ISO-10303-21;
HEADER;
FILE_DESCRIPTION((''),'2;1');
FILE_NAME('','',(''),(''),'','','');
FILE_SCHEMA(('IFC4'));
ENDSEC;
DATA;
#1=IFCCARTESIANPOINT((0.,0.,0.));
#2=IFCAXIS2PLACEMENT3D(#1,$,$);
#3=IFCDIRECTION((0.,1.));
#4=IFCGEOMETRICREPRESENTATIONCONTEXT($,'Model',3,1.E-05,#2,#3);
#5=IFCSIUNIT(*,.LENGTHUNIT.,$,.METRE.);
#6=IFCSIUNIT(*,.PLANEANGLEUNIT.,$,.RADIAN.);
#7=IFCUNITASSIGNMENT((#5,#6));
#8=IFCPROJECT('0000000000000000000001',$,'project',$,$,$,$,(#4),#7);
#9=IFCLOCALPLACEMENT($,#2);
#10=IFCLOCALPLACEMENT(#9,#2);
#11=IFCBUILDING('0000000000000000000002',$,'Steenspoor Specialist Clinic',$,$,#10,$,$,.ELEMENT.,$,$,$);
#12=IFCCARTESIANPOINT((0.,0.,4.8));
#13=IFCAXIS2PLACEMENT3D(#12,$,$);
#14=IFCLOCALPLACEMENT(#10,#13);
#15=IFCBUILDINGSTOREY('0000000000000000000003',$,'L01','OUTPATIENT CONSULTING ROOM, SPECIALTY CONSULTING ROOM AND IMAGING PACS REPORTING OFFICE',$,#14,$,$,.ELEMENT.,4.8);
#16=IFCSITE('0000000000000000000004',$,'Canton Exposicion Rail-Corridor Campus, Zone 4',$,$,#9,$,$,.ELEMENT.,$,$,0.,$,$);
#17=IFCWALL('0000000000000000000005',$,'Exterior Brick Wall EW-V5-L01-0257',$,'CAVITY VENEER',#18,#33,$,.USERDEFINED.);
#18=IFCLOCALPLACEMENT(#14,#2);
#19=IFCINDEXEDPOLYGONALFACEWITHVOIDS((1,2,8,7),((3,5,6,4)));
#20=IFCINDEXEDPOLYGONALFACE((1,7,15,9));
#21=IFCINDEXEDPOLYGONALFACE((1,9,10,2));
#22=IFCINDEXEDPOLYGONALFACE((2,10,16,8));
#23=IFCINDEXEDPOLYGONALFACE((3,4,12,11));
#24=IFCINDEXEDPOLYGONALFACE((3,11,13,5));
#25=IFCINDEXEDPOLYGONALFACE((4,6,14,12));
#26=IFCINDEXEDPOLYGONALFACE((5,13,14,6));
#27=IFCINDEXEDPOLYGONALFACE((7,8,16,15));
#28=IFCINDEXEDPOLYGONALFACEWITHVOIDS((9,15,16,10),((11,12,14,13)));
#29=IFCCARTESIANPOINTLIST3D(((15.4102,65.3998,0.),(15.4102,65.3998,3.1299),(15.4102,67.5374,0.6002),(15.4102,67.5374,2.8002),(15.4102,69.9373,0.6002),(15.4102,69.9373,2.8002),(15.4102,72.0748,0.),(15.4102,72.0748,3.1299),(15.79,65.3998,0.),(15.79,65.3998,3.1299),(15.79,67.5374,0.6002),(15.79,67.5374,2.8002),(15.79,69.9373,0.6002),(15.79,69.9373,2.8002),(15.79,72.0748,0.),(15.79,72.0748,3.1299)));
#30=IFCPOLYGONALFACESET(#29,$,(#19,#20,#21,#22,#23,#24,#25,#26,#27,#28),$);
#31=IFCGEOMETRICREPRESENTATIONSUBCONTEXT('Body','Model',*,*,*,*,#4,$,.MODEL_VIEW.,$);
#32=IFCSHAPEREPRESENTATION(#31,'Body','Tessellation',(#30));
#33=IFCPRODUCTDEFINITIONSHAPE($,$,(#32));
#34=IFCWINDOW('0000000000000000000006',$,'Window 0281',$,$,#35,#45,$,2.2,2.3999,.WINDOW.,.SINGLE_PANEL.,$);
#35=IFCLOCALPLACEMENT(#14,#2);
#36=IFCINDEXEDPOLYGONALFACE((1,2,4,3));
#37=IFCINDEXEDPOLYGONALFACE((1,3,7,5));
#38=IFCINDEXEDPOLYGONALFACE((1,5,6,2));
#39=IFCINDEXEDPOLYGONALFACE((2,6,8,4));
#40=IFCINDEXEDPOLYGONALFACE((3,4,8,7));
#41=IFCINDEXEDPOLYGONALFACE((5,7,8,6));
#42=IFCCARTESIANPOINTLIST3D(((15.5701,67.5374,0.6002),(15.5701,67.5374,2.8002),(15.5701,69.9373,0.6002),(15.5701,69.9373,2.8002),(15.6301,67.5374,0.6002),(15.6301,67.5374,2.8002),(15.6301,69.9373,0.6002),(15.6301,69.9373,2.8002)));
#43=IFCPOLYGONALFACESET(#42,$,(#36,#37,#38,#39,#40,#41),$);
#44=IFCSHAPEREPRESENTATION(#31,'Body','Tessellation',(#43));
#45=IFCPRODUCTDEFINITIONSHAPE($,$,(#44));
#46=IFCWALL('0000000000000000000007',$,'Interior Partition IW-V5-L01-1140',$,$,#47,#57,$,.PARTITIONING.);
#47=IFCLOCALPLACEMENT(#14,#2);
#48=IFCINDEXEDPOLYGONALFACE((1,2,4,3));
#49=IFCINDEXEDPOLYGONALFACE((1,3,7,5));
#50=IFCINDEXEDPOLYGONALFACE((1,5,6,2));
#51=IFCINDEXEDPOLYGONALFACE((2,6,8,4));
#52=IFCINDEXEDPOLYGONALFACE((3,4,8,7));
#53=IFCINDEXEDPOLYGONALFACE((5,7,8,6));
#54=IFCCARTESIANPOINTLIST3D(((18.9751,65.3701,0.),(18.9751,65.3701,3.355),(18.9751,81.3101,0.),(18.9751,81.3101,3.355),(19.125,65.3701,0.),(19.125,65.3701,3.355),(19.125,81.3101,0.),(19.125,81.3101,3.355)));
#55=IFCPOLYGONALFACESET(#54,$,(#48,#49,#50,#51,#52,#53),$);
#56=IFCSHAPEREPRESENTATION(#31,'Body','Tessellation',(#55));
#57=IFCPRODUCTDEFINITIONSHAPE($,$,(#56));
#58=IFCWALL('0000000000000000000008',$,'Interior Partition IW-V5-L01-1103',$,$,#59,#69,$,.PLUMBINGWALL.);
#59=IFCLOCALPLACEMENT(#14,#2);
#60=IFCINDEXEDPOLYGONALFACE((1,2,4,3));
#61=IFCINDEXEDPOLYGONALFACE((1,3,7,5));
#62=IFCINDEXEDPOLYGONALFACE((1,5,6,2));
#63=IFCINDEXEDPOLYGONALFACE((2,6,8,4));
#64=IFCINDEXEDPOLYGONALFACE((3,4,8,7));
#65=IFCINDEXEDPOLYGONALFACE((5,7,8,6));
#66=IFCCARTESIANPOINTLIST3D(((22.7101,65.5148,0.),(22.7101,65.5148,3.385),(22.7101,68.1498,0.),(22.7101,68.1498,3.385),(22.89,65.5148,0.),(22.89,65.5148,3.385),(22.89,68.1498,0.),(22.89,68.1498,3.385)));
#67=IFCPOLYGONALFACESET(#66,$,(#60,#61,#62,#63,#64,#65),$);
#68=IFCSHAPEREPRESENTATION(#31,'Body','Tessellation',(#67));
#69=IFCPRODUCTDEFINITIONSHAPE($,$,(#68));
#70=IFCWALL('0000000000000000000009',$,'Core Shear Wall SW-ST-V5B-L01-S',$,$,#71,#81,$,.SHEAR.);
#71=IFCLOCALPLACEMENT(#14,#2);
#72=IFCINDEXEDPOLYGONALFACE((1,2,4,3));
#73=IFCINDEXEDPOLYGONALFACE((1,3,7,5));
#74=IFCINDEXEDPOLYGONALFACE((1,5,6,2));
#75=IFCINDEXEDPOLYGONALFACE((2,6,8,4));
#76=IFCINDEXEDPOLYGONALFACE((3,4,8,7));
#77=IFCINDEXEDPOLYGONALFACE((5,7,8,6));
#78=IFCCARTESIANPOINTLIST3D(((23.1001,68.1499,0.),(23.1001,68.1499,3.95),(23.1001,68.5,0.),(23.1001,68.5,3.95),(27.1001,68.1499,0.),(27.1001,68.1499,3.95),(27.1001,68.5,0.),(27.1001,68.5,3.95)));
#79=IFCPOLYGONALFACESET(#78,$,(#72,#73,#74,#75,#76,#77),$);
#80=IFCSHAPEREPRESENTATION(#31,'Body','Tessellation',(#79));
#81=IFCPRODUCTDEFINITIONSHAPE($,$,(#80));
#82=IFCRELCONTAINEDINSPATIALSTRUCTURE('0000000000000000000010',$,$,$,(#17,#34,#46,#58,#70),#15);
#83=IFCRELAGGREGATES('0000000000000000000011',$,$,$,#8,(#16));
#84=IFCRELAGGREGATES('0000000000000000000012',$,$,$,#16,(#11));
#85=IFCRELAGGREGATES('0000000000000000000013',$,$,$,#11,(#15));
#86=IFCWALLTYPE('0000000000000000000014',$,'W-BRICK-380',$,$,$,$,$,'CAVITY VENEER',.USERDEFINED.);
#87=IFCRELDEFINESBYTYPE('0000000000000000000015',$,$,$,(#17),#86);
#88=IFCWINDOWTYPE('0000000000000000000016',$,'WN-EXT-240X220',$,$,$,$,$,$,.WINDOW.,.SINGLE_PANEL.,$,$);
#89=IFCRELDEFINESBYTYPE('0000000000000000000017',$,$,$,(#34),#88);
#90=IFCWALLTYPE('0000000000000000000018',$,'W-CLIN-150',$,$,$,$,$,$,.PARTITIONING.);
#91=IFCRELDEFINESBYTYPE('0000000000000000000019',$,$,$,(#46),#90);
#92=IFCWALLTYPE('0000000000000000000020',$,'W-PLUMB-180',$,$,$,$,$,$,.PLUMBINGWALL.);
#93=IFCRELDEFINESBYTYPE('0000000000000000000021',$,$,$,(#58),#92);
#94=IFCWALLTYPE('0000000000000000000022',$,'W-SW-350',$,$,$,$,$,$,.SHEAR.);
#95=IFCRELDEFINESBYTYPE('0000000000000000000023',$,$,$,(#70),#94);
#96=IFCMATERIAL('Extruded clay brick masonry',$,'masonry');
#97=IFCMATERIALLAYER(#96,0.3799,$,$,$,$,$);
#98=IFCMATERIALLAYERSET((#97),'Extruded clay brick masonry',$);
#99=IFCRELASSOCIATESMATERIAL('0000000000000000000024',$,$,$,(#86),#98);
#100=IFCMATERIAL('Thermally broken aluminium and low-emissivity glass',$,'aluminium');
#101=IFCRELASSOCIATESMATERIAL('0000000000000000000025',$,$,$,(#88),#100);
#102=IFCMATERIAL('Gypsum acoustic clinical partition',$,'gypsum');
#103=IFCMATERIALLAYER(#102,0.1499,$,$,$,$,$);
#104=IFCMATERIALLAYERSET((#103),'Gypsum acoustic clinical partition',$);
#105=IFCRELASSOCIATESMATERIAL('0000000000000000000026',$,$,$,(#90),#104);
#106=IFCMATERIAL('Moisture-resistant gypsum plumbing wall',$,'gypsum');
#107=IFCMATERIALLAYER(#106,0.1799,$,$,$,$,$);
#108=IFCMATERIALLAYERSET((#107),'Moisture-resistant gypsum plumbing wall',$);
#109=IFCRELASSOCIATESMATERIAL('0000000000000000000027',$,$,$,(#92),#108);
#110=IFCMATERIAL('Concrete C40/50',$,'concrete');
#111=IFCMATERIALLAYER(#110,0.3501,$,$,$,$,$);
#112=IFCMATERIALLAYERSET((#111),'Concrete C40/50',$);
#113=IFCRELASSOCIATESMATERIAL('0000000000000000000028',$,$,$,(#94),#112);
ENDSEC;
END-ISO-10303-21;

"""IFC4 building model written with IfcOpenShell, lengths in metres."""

from ifc_helpers import new_model, si_unit, direction, frame, frame_2d, origin, place, context, subcontext, project, spatial, rectangle, extrude, material, layer, layer_set, type_object, element, fill, save


model = new_model("IFC4")

# Units and contexts
model_context = context("Model", 3, precision=1e-05, world=origin(), true_north=direction((0.0, 1.0)))
body_context = subcontext(model_context, "Body", "Model", "MODEL_VIEW")
ifc_project = project(units=[si_unit("LENGTHUNIT", "METRE"), si_unit("PLANEANGLEUNIT", "RADIAN")], contexts=[model_context])

# Site, building, storey
site_placement = place(None, origin())
site = spatial("IfcSite", under=ifc_project, at=site_placement, Name="Canton Exposicion Rail-Corridor Campus, Zone 4", CompositionType="ELEMENT", RefElevation=0.0)
building_placement = place(site_placement, origin())
building = spatial("IfcBuilding", under=site, at=building_placement, Name="Steenspoor Specialist Clinic", CompositionType="ELEMENT")
storey_placement = place(building_placement, frame((0.0, 0.0, 4.8)))
storey = spatial("IfcBuildingStorey", under=building, at=storey_placement, Name="L01", Description="OUTPATIENT CONSULTING ROOM, SPECIALTY CONSULTING ROOM AND IMAGING PACS REPORTING OFFICE", CompositionType="ELEMENT", Elevation=4.8)

# Shared definitions
ifc_material_1 = material(Name="Concrete C40/50", Category="concrete")

# Shared definitions
ifc_material_2 = material(Name="Thermally broken aluminium and low-emissivity glass", Category="aluminium")

# Wall, opening, window
ifc_material_3 = material(Name="Extruded clay brick masonry", Category="masonry")
ifc_layer_1 = layer(ifc_material_3, 0.3799)
ifc_layer_set_1 = layer_set([ifc_layer_1], Name="Extruded clay brick masonry")
wall_type_1 = type_object("IfcWallType", Name="W-BRICK-380", ElementType="CAVITY VENEER", PredefinedType="USERDEFINED", material=ifc_layer_set_1)
wall_1_placement = place(storey_placement, frame((15.6001, 65.3999, 0.0), z_axis=(0.0, 0.0, 1.0), x_axis=(0.0, 1.0, 0.0)))
wall_1 = element("IfcWall", 1, at=wall_1_placement, inside=storey, type_object=wall_type_1, Name="Exterior Brick Wall EW-V5-L01-0257", ObjectType="CAVITY VENEER", PredefinedType="USERDEFINED", context=body_context, shape_type="SweptSolid", body=[
    extrude(rectangle(XDim=6.675, YDim=0.3799, at=frame_2d((3.3374, 0.0))), origin(), (0.0, 0.0, 1.0), 3.1299),
])
opening_placement = place(wall_1_placement, frame((2.1375, 0.0, 0.6001)))
opening = element("IfcOpeningElement", 2, at=opening_placement, cuts=wall_1, PredefinedType="OPENING", context=body_context, shape_type="SweptSolid", body=[
    extrude(rectangle(XDim=2.3999, YDim=2.2, at=frame_2d((1.2, 1.1001))), frame((0.0, 0.2, 0.0), z_axis=(0.0, -1.0, 0.0), x_axis=(1.0, 0.0, 0.0)), (0.0, 0.0, 1.0), 0.3999),
])
window_type = type_object("IfcWindowType", Name="WN-EXT-240X220", PartitioningType="SINGLE_PANEL", PredefinedType="WINDOW", material=ifc_material_2)
window_placement = place(opening_placement, origin())
window = element("IfcWindow", 3, at=window_placement, inside=storey, type_object=window_type, Name="Window 0281", OverallHeight=2.2, OverallWidth=2.3999, PartitioningType="SINGLE_PANEL", PredefinedType="WINDOW", context=body_context, shape_type="SweptSolid", body=[
    extrude(rectangle(XDim=2.3999, YDim=2.2, at=frame_2d((1.2, 1.1001))), frame((0.0, 0.03, 0.0), z_axis=(0.0, -1.0, 0.0), x_axis=(1.0, 0.0, 0.0)), (0.0, 0.0, 1.0), 0.0601),
])
fill(opening, window)

# Walls
ifc_material_4 = material(Name="Gypsum acoustic clinical partition", Category="gypsum")
ifc_layer_2 = layer(ifc_material_4, 0.1499)
ifc_layer_set_2 = layer_set([ifc_layer_2], Name="Gypsum acoustic clinical partition")
wall_type_2 = type_object("IfcWallType", Name="W-CLIN-150", PredefinedType="PARTITIONING", material=ifc_layer_set_2)
wall_2_placement = place(storey_placement, frame((19.05, 65.3701, 0.0), z_axis=(0.0, 0.0, 1.0), x_axis=(0.0, 1.0, 0.0)))
element("IfcWall", 4, at=wall_2_placement, inside=storey, type_object=wall_type_2, Name="Interior Partition IW-V5-L01-1140", PredefinedType="PARTITIONING", context=body_context, shape_type="SweptSolid", body=[
    extrude(rectangle(XDim=15.9399, YDim=0.1499, at=frame_2d((7.97, 0.0))), origin(), (0.0, 0.0, 1.0), 3.355),
])
ifc_material_5 = material(Name="Moisture-resistant gypsum plumbing wall", Category="gypsum")
ifc_layer_3 = layer(ifc_material_5, 0.1799)
ifc_layer_set_3 = layer_set([ifc_layer_3], Name="Moisture-resistant gypsum plumbing wall")
wall_type_3 = type_object("IfcWallType", Name="W-PLUMB-180", PredefinedType="PLUMBINGWALL", material=ifc_layer_set_3)
wall_3_placement = place(storey_placement, frame((22.8, 65.5149, 0.0), z_axis=(0.0, 0.0, 1.0), x_axis=(0.0, 1.0, 0.0)))
element("IfcWall", 5, at=wall_3_placement, inside=storey, type_object=wall_type_3, Name="Interior Partition IW-V5-L01-1103", PredefinedType="PLUMBINGWALL", context=body_context, shape_type="SweptSolid", body=[
    extrude(rectangle(XDim=2.635, YDim=0.1799, at=frame_2d((1.3174, 0.0))), origin(), (0.0, 0.0, 1.0), 3.385),
])
ifc_layer_4 = layer(ifc_material_1, 0.3501)
ifc_layer_set_4 = layer_set([ifc_layer_4], Name="Concrete C40/50")
wall_type_4 = type_object("IfcWallType", Name="W-SW-350", PredefinedType="SHEAR", material=ifc_layer_set_4)
wall_4_placement = place(storey_placement, frame((23.1001, 68.325, 0.0), z_axis=(0.0, 0.0, 1.0), x_axis=(1.0, 0.0, 0.0)))
element("IfcWall", 6, at=wall_4_placement, inside=storey, type_object=wall_type_4, Name="Core Shear Wall SW-ST-V5B-L01-S", PredefinedType="SHEAR", context=body_context, shape_type="SweptSolid", body=[
    extrude(rectangle(XDim=4.0, YDim=0.3501, at=frame_2d((2.0, 0.0))), origin(), (0.0, 0.0, 1.0), 3.95),
])

save(model, "model.ifc")
